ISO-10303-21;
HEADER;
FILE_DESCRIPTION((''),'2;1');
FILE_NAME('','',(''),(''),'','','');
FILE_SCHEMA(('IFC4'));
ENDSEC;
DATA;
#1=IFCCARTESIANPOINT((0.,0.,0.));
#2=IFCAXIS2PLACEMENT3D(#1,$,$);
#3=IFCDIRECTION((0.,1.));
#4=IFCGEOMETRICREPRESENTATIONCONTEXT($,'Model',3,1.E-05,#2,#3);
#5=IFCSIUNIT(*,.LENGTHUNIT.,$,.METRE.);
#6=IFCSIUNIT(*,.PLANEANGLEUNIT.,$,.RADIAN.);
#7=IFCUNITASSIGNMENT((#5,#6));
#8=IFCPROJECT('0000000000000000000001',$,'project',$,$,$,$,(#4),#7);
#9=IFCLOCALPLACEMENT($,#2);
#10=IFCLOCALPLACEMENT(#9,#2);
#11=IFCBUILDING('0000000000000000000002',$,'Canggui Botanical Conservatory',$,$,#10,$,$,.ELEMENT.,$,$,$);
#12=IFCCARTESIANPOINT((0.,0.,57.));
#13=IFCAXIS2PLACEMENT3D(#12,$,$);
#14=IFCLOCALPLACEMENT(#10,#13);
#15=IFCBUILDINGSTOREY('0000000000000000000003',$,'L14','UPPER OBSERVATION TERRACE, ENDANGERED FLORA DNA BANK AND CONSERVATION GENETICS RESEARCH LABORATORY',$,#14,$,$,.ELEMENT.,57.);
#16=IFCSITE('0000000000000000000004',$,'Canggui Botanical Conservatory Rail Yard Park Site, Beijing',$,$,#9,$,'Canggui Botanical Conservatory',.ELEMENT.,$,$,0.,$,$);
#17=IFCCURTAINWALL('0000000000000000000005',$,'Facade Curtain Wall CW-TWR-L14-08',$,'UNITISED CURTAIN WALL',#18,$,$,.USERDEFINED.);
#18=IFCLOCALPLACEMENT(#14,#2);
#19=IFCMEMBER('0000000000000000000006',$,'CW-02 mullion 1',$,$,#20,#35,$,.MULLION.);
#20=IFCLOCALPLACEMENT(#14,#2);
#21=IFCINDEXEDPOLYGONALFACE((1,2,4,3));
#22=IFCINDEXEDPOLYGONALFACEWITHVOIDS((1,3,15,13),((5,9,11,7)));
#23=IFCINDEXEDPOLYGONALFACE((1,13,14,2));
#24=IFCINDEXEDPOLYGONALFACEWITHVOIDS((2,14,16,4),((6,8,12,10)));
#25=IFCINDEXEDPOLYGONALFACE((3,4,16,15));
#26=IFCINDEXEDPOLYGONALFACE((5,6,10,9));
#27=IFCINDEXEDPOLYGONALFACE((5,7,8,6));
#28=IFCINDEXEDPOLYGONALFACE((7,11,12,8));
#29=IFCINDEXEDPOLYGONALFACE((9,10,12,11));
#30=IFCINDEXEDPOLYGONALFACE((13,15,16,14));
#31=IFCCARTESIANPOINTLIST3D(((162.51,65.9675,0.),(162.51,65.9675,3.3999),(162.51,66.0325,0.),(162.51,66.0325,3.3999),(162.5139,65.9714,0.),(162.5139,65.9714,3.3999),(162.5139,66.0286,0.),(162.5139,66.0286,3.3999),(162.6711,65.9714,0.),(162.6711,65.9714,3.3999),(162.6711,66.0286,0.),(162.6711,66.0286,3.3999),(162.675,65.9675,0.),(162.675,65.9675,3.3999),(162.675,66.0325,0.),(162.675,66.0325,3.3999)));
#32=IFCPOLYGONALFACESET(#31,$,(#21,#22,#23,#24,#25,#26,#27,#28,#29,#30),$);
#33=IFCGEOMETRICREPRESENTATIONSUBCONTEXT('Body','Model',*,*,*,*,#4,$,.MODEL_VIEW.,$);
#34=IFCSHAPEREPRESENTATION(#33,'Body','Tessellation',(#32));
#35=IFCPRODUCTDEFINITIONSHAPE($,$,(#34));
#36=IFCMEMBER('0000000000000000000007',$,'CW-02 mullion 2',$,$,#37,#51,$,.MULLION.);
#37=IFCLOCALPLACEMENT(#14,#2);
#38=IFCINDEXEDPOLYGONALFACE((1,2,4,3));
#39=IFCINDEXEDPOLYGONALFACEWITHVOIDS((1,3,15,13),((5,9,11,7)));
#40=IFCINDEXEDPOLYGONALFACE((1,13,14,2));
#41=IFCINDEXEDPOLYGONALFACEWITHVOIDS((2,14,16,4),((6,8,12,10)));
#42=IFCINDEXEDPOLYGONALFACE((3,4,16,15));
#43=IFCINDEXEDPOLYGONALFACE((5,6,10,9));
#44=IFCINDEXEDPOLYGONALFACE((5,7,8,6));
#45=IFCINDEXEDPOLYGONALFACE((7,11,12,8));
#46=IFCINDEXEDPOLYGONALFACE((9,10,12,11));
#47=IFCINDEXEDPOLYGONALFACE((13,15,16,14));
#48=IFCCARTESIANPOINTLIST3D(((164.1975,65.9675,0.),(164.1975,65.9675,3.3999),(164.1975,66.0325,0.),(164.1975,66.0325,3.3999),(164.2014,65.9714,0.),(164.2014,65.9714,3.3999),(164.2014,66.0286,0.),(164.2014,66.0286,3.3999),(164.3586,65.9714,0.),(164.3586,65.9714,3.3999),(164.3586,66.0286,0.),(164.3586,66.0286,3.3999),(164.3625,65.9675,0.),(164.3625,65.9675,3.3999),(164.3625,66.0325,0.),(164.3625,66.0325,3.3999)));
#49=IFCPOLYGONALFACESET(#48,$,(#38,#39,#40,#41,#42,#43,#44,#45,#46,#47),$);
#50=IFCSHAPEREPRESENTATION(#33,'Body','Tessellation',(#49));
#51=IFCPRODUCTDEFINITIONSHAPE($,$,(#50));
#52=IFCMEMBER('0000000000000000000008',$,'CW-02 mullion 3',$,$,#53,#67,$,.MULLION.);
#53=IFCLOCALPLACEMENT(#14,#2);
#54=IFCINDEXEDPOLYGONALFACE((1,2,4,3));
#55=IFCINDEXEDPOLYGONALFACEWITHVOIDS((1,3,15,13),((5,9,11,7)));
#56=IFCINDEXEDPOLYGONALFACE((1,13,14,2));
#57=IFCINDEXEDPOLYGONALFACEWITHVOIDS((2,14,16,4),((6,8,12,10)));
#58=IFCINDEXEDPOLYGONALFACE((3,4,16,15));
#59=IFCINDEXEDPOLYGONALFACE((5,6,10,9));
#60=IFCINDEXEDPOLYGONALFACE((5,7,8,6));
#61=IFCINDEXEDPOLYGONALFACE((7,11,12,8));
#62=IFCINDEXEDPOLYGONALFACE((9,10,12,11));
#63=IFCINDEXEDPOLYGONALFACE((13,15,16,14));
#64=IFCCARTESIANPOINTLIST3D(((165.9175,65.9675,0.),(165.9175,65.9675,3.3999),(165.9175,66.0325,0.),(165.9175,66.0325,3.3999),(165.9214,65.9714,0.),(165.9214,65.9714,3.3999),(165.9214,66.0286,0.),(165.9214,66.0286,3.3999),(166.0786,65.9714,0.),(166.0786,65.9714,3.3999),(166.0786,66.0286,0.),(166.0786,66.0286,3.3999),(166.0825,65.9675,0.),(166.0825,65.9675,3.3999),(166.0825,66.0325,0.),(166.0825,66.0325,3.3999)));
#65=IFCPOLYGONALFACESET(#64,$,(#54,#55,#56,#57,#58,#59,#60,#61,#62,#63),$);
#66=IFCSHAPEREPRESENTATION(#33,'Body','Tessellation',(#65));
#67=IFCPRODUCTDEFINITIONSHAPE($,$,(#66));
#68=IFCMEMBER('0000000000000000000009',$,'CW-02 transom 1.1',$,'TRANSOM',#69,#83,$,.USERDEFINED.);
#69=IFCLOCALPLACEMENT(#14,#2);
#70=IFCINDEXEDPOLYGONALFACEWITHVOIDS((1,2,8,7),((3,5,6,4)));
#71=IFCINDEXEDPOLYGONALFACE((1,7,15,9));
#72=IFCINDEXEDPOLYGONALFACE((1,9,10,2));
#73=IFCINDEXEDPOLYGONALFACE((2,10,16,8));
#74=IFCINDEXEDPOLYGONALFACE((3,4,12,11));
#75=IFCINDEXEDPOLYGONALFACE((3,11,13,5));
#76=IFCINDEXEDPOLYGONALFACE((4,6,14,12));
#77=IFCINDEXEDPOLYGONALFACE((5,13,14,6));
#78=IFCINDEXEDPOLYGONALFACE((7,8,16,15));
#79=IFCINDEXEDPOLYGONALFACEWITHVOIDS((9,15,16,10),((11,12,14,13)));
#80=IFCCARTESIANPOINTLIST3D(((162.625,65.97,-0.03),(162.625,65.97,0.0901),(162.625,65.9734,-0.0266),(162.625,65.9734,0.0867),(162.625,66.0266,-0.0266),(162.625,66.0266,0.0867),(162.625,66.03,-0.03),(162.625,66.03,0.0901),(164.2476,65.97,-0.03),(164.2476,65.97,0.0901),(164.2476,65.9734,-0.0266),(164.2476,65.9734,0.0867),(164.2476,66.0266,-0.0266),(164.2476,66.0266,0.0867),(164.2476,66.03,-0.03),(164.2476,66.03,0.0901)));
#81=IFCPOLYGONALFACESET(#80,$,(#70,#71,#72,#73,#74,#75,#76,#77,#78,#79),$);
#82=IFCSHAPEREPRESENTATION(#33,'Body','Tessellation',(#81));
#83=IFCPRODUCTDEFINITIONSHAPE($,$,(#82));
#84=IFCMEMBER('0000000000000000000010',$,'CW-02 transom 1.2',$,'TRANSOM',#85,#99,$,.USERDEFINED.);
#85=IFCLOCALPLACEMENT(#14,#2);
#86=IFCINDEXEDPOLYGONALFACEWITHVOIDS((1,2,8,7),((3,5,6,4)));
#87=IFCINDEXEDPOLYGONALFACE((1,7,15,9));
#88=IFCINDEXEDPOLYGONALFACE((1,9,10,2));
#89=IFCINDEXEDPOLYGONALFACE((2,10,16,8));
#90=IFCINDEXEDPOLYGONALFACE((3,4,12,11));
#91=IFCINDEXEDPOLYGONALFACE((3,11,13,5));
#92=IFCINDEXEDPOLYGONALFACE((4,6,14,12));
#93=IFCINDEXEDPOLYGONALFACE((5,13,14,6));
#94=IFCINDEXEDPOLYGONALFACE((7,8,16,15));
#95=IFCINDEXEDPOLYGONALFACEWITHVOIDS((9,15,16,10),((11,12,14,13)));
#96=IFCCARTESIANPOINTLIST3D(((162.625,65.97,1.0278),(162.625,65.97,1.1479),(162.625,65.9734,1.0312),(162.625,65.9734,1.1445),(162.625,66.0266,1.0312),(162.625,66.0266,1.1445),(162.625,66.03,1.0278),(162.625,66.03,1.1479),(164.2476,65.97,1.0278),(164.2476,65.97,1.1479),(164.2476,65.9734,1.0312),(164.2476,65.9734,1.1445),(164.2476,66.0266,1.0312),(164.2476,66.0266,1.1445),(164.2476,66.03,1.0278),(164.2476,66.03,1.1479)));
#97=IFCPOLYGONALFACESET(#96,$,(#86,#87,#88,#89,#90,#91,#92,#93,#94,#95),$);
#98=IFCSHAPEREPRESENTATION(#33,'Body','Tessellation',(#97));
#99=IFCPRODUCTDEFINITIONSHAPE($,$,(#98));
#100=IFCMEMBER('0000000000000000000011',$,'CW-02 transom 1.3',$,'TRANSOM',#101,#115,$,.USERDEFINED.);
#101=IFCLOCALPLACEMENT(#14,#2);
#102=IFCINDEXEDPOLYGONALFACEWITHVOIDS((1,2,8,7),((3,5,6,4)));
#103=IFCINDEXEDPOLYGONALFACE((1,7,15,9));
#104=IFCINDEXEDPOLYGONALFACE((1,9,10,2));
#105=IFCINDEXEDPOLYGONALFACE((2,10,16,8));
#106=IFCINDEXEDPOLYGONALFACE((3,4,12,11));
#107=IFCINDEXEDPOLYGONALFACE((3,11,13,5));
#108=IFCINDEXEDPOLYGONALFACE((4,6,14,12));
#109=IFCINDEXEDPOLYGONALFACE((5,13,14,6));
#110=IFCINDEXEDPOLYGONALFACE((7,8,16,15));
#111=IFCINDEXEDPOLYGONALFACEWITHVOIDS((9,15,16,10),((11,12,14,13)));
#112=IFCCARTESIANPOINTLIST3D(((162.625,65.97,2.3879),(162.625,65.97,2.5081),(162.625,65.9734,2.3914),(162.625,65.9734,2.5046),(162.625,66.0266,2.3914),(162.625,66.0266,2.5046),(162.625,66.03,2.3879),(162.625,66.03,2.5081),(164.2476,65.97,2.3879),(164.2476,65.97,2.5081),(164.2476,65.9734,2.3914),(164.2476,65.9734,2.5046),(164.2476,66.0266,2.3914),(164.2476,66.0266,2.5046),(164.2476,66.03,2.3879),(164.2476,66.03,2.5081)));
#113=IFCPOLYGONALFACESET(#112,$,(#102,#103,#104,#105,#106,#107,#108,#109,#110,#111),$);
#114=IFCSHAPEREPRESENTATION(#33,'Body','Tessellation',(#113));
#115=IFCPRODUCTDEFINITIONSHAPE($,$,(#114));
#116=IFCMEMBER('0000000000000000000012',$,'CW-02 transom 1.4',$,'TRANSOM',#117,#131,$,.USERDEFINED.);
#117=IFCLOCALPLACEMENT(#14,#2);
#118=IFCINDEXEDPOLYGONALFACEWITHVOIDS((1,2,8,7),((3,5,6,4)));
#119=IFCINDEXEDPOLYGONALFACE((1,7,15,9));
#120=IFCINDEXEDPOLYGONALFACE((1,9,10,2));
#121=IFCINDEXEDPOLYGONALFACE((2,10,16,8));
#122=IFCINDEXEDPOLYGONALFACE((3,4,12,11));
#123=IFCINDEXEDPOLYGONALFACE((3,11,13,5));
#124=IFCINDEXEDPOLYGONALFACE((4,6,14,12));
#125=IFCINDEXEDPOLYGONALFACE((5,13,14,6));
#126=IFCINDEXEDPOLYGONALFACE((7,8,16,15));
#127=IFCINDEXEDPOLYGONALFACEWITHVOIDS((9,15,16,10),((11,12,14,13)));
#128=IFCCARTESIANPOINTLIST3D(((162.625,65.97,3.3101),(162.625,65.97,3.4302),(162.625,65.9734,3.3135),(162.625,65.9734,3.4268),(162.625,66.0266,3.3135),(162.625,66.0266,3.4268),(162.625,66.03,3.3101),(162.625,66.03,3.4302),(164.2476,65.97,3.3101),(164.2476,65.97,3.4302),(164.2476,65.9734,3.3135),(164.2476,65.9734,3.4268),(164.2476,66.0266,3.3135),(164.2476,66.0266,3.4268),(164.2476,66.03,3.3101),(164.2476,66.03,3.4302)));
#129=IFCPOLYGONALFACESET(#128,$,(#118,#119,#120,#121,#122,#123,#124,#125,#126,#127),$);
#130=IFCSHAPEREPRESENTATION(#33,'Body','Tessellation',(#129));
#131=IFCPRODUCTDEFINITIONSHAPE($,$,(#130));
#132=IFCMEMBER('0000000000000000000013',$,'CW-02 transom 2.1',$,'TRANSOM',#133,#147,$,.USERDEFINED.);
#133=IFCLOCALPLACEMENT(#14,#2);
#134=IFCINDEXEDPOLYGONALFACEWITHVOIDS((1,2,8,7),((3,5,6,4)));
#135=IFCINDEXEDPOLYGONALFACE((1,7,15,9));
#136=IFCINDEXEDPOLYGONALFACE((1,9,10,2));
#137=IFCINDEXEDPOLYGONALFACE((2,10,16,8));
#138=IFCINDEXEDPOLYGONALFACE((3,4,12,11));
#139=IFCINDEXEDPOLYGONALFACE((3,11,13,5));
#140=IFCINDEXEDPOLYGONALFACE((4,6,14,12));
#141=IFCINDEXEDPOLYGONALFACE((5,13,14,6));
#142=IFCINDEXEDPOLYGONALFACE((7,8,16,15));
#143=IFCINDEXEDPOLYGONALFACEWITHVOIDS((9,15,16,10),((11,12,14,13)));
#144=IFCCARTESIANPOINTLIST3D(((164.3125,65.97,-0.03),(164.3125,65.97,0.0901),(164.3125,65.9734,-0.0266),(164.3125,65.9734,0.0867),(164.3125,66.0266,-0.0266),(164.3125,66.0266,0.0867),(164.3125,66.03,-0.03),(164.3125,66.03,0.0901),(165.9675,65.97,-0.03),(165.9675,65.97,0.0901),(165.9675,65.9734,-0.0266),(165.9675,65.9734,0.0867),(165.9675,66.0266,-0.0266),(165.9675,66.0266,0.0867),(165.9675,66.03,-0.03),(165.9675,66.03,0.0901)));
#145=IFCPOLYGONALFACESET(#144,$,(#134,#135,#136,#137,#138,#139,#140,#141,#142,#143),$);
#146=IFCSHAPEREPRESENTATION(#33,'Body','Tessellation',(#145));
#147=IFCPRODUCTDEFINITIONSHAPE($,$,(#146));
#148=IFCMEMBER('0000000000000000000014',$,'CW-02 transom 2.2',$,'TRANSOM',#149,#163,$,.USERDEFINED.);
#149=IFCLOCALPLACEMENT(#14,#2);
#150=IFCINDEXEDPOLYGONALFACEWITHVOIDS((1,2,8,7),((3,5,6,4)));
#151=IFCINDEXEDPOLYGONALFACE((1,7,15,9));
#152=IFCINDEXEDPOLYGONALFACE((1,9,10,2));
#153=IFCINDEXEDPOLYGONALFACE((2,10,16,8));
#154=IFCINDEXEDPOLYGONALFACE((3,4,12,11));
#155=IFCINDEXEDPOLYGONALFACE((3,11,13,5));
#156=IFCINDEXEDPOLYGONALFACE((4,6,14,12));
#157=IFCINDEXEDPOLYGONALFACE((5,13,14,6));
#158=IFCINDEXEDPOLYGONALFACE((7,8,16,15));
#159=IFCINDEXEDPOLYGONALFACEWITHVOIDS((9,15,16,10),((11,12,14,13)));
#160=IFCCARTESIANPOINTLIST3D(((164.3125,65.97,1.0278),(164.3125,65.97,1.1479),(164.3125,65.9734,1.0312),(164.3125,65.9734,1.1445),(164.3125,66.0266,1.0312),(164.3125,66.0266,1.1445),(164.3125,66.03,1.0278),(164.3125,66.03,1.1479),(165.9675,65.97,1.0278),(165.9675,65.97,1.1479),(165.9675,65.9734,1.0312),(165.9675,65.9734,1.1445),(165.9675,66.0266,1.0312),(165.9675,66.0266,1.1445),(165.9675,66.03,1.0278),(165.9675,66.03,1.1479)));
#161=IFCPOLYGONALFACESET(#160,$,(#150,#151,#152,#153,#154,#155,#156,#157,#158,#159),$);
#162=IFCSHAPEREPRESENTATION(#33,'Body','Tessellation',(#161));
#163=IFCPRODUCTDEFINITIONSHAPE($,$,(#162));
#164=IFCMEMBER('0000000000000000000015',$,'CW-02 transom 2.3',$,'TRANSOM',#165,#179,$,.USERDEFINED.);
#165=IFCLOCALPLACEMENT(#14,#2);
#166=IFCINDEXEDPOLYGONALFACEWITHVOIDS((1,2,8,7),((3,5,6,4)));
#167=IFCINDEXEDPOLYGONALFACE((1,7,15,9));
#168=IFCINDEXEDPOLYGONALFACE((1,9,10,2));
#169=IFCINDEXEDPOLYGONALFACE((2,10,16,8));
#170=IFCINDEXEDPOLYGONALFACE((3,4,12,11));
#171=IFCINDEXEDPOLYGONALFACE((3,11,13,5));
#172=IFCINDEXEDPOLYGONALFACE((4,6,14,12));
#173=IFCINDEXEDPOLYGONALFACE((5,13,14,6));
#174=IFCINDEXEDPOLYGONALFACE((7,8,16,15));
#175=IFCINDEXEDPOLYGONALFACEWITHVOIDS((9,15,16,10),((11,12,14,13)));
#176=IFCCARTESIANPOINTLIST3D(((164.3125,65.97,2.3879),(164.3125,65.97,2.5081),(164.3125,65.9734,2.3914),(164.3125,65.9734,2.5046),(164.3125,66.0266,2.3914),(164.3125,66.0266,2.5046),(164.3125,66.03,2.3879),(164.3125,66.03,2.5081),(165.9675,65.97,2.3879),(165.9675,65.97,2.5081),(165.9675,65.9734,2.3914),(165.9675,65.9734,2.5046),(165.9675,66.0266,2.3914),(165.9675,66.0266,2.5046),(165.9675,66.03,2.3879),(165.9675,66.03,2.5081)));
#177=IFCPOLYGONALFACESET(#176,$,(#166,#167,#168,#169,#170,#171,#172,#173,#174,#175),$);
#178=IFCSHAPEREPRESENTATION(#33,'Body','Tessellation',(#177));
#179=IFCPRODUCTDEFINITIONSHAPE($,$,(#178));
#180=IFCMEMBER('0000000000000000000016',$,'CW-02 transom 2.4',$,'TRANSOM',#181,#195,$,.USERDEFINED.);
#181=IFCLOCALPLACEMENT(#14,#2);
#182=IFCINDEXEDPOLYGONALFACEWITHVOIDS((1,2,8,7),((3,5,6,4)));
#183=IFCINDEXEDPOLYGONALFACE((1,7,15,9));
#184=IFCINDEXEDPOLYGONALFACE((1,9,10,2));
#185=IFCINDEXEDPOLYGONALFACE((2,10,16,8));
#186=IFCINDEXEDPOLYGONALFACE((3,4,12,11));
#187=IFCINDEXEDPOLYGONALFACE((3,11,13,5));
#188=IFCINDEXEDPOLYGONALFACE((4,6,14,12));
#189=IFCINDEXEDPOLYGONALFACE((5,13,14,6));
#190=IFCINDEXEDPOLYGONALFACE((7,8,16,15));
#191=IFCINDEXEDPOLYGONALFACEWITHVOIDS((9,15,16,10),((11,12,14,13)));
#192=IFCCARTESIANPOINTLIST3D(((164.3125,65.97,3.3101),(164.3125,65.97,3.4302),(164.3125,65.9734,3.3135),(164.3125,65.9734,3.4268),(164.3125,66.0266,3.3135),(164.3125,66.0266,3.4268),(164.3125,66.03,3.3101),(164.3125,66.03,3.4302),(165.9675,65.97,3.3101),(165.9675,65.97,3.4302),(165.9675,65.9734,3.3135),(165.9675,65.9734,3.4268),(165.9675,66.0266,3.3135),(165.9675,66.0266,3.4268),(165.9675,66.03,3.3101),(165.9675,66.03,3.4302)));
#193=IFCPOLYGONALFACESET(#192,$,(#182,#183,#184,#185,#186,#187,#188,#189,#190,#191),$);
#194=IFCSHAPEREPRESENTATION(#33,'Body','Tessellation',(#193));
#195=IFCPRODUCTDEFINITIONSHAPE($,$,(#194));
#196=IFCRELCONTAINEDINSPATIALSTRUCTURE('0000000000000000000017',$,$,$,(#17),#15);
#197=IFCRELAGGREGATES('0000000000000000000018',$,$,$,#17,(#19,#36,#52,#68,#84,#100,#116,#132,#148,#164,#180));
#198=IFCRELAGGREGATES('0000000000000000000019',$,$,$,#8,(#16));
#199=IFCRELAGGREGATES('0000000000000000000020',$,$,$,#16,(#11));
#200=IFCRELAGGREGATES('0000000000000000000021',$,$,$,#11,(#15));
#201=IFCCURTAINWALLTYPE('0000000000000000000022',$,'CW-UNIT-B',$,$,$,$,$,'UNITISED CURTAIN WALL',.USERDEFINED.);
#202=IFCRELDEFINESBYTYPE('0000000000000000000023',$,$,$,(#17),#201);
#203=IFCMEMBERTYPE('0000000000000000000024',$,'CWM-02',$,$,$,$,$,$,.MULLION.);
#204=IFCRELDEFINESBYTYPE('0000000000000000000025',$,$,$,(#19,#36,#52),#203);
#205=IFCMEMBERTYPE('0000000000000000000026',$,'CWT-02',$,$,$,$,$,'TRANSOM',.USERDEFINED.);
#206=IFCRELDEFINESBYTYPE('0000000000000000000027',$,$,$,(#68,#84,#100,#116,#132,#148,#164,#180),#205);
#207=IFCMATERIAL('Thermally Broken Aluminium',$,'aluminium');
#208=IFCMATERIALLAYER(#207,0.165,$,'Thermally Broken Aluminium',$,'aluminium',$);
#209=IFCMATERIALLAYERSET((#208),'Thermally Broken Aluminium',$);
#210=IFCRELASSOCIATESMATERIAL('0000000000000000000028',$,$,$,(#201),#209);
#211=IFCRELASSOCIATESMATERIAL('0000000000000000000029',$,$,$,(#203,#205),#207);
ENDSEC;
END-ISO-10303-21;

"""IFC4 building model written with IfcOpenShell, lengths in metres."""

from ifc_helpers import new_model, si_unit, direction, frame, origin, origin_2d, place, context, subcontext, project, spatial, hollow_rectangle, extrude, material, layer, layer_set, material_profile, profile_set, type_object, element, aggregate, save


model = new_model("IFC4")

# Units and contexts
model_context = context("Model", 3, precision=1e-05, world=origin(), true_north=direction((0.0, 1.0)))
body_context = subcontext(model_context, "Body", "Model", "MODEL_VIEW")
ifc_project = project(units=[si_unit("LENGTHUNIT", "METRE"), si_unit("PLANEANGLEUNIT", "RADIAN")], contexts=[model_context])

# Site, building, storey
site_placement = place(None, origin())
site = spatial("IfcSite", under=ifc_project, at=site_placement, Name="Canggui Botanical Conservatory Rail Yard Park Site, Beijing", LongName="Canggui Botanical Conservatory", CompositionType="ELEMENT", RefElevation=0.0)
building_placement = place(site_placement, origin())
building = spatial("IfcBuilding", under=site, at=building_placement, Name="Canggui Botanical Conservatory", CompositionType="ELEMENT")
storey_placement = place(building_placement, frame((0.0, 0.0, 57.0)))
storey = spatial("IfcBuildingStorey", under=building, at=storey_placement, Name="L14", Description="UPPER OBSERVATION TERRACE, ENDANGERED FLORA DNA BANK AND CONSERVATION GENETICS RESEARCH LABORATORY", CompositionType="ELEMENT", Elevation=57.0)

# Curtain wall, members
ifc_material_1 = material(Name="Thermally Broken Aluminium", Category="aluminium")
ifc_layer_1 = layer(ifc_material_1, 0.165, Name="Thermally Broken Aluminium", Category="aluminium")
ifc_layer_set_1 = layer_set([ifc_layer_1], Name="Thermally Broken Aluminium")
curtain_wall_type = type_object("IfcCurtainWallType", Name="CW-UNIT-B", ElementType="UNITISED CURTAIN WALL", PredefinedType="USERDEFINED", material=ifc_layer_set_1)
curtain_wall_placement = place(storey_placement, origin())
curtain_wall = element("IfcCurtainWall", 1, at=curtain_wall_placement, inside=storey, type_object=curtain_wall_type, Name="Facade Curtain Wall CW-TWR-L14-08", ObjectType="UNITISED CURTAIN WALL", PredefinedType="USERDEFINED")
ifc_material_profile_1 = material_profile(ifc_material_1, hollow_rectangle(XDim=0.0649, YDim=0.165, WallThickness=0.0039, at=origin_2d()), Name="CWM 65x165x4")
ifc_profile_set_1 = profile_set([ifc_material_profile_1], Name="Thermally Broken Aluminium")
member_type_1 = type_object("IfcMemberType", Name="CWM-02", PredefinedType="MULLION", material=ifc_profile_set_1)
member_1_placement = place(storey_placement, frame((162.5925, 66.0, 0.0), z_axis=(0.0, 0.0, 1.0), x_axis=(0.0, 1.0, 0.0)))
member_1 = element("IfcMember", 2, at=member_1_placement, type_object=member_type_1, Name="CW-02 mullion 1", PredefinedType="MULLION", context=body_context, shape_type="SweptSolid", body=[
    extrude(hollow_rectangle(XDim=0.0649, YDim=0.165, WallThickness=0.0039, at=origin_2d()), origin(), (0.0, 0.0, 1.0), 3.3999),
])
member_2_placement = place(storey_placement, frame((164.28, 66.0, 0.0), z_axis=(0.0, 0.0, 1.0), x_axis=(0.0, 1.0, 0.0)))
member_2 = element("IfcMember", 3, at=member_2_placement, type_object=member_type_1, Name="CW-02 mullion 2", PredefinedType="MULLION", context=body_context, shape_type="SweptSolid", body=[
    extrude(hollow_rectangle(XDim=0.0649, YDim=0.165, WallThickness=0.0039, at=origin_2d()), origin(), (0.0, 0.0, 1.0), 3.3999),
])
member_3_placement = place(storey_placement, frame((166.0, 66.0, 0.0), z_axis=(0.0, 0.0, 1.0), x_axis=(0.0, 1.0, 0.0)))
member_3 = element("IfcMember", 4, at=member_3_placement, type_object=member_type_1, Name="CW-02 mullion 3", PredefinedType="MULLION", context=body_context, shape_type="SweptSolid", body=[
    extrude(hollow_rectangle(XDim=0.0649, YDim=0.165, WallThickness=0.0039, at=origin_2d()), origin(), (0.0, 0.0, 1.0), 3.3999),
])
ifc_material_profile_2 = material_profile(ifc_material_1, hollow_rectangle(XDim=0.0601, YDim=0.1201, WallThickness=0.0034, at=origin_2d()), Name="CWT 60x120x3.5")
ifc_profile_set_2 = profile_set([ifc_material_profile_2], Name="Thermally Broken Aluminium")
member_type_2 = type_object("IfcMemberType", Name="CWT-02", ElementType="TRANSOM", PredefinedType="USERDEFINED", material=ifc_profile_set_2)
member_4_placement = place(storey_placement, frame((162.625, 66.0, 0.03), z_axis=(1.0, 0.0, 0.0), x_axis=(0.0, 1.0, 0.0)))
member_4 = element("IfcMember", 5, at=member_4_placement, type_object=member_type_2, Name="CW-02 transom 1.1", ObjectType="TRANSOM", PredefinedType="USERDEFINED", context=body_context, shape_type="SweptSolid", body=[
    extrude(hollow_rectangle(XDim=0.0601, YDim=0.1201, WallThickness=0.0034, at=origin_2d()), origin(), (0.0, 0.0, 1.0), 1.6226),
])
member_5_placement = place(storey_placement, frame((162.625, 66.0, 1.0879), z_axis=(1.0, 0.0, 0.0), x_axis=(0.0, 1.0, 0.0)))
member_5 = element("IfcMember", 6, at=member_5_placement, type_object=member_type_2, Name="CW-02 transom 1.2", ObjectType="TRANSOM", PredefinedType="USERDEFINED", context=body_context, shape_type="SweptSolid", body=[
    extrude(hollow_rectangle(XDim=0.0601, YDim=0.1201, WallThickness=0.0034, at=origin_2d()), origin(), (0.0, 0.0, 1.0), 1.6226),
])
member_6_placement = place(storey_placement, frame((162.625, 66.0, 2.448), z_axis=(1.0, 0.0, 0.0), x_axis=(0.0, 1.0, 0.0)))
member_6 = element("IfcMember", 7, at=member_6_placement, type_object=member_type_2, Name="CW-02 transom 1.3", ObjectType="TRANSOM", PredefinedType="USERDEFINED", context=body_context, shape_type="SweptSolid", body=[
    extrude(hollow_rectangle(XDim=0.0601, YDim=0.1201, WallThickness=0.0034, at=origin_2d()), origin(), (0.0, 0.0, 1.0), 1.6226),
])
member_7_placement = place(storey_placement, frame((162.625, 66.0, 3.3701), z_axis=(1.0, 0.0, 0.0), x_axis=(0.0, 1.0, 0.0)))
member_7 = element("IfcMember", 8, at=member_7_placement, type_object=member_type_2, Name="CW-02 transom 1.4", ObjectType="TRANSOM", PredefinedType="USERDEFINED", context=body_context, shape_type="SweptSolid", body=[
    extrude(hollow_rectangle(XDim=0.0601, YDim=0.1201, WallThickness=0.0034, at=origin_2d()), origin(), (0.0, 0.0, 1.0), 1.6226),
])
member_8_placement = place(storey_placement, frame((164.3125, 66.0, 0.03), z_axis=(1.0, 0.0, 0.0), x_axis=(0.0, 1.0, 0.0)))
member_8 = element("IfcMember", 9, at=member_8_placement, type_object=member_type_2, Name="CW-02 transom 2.1", ObjectType="TRANSOM", PredefinedType="USERDEFINED", context=body_context, shape_type="SweptSolid", body=[
    extrude(hollow_rectangle(XDim=0.0601, YDim=0.1201, WallThickness=0.0034, at=origin_2d()), origin(), (0.0, 0.0, 1.0), 1.655),
])
member_9_placement = place(storey_placement, frame((164.3125, 66.0, 1.0879), z_axis=(1.0, 0.0, 0.0), x_axis=(0.0, 1.0, 0.0)))
member_9 = element("IfcMember", 10, at=member_9_placement, type_object=member_type_2, Name="CW-02 transom 2.2", ObjectType="TRANSOM", PredefinedType="USERDEFINED", context=body_context, shape_type="SweptSolid", body=[
    extrude(hollow_rectangle(XDim=0.0601, YDim=0.1201, WallThickness=0.0034, at=origin_2d()), origin(), (0.0, 0.0, 1.0), 1.655),
])
member_10_placement = place(storey_placement, frame((164.3125, 66.0, 2.448), z_axis=(1.0, 0.0, 0.0), x_axis=(0.0, 1.0, 0.0)))
member_10 = element("IfcMember", 11, at=member_10_placement, type_object=member_type_2, Name="CW-02 transom 2.3", ObjectType="TRANSOM", PredefinedType="USERDEFINED", context=body_context, shape_type="SweptSolid", body=[
    extrude(hollow_rectangle(XDim=0.0601, YDim=0.1201, WallThickness=0.0034, at=origin_2d()), origin(), (0.0, 0.0, 1.0), 1.655),
])
member_11_placement = place(storey_placement, frame((164.3125, 66.0, 3.3701), z_axis=(1.0, 0.0, 0.0), x_axis=(0.0, 1.0, 0.0)))
member_11 = element("IfcMember", 12, at=member_11_placement, type_object=member_type_2, Name="CW-02 transom 2.4", ObjectType="TRANSOM", PredefinedType="USERDEFINED", context=body_context, shape_type="SweptSolid", body=[
    extrude(hollow_rectangle(XDim=0.0601, YDim=0.1201, WallThickness=0.0034, at=origin_2d()), origin(), (0.0, 0.0, 1.0), 1.655),
])
aggregate(curtain_wall, [member_1, member_2, member_3, member_4, member_5, member_6, member_7, member_8, member_9, member_10, member_11])

save(model, "model.ifc")
